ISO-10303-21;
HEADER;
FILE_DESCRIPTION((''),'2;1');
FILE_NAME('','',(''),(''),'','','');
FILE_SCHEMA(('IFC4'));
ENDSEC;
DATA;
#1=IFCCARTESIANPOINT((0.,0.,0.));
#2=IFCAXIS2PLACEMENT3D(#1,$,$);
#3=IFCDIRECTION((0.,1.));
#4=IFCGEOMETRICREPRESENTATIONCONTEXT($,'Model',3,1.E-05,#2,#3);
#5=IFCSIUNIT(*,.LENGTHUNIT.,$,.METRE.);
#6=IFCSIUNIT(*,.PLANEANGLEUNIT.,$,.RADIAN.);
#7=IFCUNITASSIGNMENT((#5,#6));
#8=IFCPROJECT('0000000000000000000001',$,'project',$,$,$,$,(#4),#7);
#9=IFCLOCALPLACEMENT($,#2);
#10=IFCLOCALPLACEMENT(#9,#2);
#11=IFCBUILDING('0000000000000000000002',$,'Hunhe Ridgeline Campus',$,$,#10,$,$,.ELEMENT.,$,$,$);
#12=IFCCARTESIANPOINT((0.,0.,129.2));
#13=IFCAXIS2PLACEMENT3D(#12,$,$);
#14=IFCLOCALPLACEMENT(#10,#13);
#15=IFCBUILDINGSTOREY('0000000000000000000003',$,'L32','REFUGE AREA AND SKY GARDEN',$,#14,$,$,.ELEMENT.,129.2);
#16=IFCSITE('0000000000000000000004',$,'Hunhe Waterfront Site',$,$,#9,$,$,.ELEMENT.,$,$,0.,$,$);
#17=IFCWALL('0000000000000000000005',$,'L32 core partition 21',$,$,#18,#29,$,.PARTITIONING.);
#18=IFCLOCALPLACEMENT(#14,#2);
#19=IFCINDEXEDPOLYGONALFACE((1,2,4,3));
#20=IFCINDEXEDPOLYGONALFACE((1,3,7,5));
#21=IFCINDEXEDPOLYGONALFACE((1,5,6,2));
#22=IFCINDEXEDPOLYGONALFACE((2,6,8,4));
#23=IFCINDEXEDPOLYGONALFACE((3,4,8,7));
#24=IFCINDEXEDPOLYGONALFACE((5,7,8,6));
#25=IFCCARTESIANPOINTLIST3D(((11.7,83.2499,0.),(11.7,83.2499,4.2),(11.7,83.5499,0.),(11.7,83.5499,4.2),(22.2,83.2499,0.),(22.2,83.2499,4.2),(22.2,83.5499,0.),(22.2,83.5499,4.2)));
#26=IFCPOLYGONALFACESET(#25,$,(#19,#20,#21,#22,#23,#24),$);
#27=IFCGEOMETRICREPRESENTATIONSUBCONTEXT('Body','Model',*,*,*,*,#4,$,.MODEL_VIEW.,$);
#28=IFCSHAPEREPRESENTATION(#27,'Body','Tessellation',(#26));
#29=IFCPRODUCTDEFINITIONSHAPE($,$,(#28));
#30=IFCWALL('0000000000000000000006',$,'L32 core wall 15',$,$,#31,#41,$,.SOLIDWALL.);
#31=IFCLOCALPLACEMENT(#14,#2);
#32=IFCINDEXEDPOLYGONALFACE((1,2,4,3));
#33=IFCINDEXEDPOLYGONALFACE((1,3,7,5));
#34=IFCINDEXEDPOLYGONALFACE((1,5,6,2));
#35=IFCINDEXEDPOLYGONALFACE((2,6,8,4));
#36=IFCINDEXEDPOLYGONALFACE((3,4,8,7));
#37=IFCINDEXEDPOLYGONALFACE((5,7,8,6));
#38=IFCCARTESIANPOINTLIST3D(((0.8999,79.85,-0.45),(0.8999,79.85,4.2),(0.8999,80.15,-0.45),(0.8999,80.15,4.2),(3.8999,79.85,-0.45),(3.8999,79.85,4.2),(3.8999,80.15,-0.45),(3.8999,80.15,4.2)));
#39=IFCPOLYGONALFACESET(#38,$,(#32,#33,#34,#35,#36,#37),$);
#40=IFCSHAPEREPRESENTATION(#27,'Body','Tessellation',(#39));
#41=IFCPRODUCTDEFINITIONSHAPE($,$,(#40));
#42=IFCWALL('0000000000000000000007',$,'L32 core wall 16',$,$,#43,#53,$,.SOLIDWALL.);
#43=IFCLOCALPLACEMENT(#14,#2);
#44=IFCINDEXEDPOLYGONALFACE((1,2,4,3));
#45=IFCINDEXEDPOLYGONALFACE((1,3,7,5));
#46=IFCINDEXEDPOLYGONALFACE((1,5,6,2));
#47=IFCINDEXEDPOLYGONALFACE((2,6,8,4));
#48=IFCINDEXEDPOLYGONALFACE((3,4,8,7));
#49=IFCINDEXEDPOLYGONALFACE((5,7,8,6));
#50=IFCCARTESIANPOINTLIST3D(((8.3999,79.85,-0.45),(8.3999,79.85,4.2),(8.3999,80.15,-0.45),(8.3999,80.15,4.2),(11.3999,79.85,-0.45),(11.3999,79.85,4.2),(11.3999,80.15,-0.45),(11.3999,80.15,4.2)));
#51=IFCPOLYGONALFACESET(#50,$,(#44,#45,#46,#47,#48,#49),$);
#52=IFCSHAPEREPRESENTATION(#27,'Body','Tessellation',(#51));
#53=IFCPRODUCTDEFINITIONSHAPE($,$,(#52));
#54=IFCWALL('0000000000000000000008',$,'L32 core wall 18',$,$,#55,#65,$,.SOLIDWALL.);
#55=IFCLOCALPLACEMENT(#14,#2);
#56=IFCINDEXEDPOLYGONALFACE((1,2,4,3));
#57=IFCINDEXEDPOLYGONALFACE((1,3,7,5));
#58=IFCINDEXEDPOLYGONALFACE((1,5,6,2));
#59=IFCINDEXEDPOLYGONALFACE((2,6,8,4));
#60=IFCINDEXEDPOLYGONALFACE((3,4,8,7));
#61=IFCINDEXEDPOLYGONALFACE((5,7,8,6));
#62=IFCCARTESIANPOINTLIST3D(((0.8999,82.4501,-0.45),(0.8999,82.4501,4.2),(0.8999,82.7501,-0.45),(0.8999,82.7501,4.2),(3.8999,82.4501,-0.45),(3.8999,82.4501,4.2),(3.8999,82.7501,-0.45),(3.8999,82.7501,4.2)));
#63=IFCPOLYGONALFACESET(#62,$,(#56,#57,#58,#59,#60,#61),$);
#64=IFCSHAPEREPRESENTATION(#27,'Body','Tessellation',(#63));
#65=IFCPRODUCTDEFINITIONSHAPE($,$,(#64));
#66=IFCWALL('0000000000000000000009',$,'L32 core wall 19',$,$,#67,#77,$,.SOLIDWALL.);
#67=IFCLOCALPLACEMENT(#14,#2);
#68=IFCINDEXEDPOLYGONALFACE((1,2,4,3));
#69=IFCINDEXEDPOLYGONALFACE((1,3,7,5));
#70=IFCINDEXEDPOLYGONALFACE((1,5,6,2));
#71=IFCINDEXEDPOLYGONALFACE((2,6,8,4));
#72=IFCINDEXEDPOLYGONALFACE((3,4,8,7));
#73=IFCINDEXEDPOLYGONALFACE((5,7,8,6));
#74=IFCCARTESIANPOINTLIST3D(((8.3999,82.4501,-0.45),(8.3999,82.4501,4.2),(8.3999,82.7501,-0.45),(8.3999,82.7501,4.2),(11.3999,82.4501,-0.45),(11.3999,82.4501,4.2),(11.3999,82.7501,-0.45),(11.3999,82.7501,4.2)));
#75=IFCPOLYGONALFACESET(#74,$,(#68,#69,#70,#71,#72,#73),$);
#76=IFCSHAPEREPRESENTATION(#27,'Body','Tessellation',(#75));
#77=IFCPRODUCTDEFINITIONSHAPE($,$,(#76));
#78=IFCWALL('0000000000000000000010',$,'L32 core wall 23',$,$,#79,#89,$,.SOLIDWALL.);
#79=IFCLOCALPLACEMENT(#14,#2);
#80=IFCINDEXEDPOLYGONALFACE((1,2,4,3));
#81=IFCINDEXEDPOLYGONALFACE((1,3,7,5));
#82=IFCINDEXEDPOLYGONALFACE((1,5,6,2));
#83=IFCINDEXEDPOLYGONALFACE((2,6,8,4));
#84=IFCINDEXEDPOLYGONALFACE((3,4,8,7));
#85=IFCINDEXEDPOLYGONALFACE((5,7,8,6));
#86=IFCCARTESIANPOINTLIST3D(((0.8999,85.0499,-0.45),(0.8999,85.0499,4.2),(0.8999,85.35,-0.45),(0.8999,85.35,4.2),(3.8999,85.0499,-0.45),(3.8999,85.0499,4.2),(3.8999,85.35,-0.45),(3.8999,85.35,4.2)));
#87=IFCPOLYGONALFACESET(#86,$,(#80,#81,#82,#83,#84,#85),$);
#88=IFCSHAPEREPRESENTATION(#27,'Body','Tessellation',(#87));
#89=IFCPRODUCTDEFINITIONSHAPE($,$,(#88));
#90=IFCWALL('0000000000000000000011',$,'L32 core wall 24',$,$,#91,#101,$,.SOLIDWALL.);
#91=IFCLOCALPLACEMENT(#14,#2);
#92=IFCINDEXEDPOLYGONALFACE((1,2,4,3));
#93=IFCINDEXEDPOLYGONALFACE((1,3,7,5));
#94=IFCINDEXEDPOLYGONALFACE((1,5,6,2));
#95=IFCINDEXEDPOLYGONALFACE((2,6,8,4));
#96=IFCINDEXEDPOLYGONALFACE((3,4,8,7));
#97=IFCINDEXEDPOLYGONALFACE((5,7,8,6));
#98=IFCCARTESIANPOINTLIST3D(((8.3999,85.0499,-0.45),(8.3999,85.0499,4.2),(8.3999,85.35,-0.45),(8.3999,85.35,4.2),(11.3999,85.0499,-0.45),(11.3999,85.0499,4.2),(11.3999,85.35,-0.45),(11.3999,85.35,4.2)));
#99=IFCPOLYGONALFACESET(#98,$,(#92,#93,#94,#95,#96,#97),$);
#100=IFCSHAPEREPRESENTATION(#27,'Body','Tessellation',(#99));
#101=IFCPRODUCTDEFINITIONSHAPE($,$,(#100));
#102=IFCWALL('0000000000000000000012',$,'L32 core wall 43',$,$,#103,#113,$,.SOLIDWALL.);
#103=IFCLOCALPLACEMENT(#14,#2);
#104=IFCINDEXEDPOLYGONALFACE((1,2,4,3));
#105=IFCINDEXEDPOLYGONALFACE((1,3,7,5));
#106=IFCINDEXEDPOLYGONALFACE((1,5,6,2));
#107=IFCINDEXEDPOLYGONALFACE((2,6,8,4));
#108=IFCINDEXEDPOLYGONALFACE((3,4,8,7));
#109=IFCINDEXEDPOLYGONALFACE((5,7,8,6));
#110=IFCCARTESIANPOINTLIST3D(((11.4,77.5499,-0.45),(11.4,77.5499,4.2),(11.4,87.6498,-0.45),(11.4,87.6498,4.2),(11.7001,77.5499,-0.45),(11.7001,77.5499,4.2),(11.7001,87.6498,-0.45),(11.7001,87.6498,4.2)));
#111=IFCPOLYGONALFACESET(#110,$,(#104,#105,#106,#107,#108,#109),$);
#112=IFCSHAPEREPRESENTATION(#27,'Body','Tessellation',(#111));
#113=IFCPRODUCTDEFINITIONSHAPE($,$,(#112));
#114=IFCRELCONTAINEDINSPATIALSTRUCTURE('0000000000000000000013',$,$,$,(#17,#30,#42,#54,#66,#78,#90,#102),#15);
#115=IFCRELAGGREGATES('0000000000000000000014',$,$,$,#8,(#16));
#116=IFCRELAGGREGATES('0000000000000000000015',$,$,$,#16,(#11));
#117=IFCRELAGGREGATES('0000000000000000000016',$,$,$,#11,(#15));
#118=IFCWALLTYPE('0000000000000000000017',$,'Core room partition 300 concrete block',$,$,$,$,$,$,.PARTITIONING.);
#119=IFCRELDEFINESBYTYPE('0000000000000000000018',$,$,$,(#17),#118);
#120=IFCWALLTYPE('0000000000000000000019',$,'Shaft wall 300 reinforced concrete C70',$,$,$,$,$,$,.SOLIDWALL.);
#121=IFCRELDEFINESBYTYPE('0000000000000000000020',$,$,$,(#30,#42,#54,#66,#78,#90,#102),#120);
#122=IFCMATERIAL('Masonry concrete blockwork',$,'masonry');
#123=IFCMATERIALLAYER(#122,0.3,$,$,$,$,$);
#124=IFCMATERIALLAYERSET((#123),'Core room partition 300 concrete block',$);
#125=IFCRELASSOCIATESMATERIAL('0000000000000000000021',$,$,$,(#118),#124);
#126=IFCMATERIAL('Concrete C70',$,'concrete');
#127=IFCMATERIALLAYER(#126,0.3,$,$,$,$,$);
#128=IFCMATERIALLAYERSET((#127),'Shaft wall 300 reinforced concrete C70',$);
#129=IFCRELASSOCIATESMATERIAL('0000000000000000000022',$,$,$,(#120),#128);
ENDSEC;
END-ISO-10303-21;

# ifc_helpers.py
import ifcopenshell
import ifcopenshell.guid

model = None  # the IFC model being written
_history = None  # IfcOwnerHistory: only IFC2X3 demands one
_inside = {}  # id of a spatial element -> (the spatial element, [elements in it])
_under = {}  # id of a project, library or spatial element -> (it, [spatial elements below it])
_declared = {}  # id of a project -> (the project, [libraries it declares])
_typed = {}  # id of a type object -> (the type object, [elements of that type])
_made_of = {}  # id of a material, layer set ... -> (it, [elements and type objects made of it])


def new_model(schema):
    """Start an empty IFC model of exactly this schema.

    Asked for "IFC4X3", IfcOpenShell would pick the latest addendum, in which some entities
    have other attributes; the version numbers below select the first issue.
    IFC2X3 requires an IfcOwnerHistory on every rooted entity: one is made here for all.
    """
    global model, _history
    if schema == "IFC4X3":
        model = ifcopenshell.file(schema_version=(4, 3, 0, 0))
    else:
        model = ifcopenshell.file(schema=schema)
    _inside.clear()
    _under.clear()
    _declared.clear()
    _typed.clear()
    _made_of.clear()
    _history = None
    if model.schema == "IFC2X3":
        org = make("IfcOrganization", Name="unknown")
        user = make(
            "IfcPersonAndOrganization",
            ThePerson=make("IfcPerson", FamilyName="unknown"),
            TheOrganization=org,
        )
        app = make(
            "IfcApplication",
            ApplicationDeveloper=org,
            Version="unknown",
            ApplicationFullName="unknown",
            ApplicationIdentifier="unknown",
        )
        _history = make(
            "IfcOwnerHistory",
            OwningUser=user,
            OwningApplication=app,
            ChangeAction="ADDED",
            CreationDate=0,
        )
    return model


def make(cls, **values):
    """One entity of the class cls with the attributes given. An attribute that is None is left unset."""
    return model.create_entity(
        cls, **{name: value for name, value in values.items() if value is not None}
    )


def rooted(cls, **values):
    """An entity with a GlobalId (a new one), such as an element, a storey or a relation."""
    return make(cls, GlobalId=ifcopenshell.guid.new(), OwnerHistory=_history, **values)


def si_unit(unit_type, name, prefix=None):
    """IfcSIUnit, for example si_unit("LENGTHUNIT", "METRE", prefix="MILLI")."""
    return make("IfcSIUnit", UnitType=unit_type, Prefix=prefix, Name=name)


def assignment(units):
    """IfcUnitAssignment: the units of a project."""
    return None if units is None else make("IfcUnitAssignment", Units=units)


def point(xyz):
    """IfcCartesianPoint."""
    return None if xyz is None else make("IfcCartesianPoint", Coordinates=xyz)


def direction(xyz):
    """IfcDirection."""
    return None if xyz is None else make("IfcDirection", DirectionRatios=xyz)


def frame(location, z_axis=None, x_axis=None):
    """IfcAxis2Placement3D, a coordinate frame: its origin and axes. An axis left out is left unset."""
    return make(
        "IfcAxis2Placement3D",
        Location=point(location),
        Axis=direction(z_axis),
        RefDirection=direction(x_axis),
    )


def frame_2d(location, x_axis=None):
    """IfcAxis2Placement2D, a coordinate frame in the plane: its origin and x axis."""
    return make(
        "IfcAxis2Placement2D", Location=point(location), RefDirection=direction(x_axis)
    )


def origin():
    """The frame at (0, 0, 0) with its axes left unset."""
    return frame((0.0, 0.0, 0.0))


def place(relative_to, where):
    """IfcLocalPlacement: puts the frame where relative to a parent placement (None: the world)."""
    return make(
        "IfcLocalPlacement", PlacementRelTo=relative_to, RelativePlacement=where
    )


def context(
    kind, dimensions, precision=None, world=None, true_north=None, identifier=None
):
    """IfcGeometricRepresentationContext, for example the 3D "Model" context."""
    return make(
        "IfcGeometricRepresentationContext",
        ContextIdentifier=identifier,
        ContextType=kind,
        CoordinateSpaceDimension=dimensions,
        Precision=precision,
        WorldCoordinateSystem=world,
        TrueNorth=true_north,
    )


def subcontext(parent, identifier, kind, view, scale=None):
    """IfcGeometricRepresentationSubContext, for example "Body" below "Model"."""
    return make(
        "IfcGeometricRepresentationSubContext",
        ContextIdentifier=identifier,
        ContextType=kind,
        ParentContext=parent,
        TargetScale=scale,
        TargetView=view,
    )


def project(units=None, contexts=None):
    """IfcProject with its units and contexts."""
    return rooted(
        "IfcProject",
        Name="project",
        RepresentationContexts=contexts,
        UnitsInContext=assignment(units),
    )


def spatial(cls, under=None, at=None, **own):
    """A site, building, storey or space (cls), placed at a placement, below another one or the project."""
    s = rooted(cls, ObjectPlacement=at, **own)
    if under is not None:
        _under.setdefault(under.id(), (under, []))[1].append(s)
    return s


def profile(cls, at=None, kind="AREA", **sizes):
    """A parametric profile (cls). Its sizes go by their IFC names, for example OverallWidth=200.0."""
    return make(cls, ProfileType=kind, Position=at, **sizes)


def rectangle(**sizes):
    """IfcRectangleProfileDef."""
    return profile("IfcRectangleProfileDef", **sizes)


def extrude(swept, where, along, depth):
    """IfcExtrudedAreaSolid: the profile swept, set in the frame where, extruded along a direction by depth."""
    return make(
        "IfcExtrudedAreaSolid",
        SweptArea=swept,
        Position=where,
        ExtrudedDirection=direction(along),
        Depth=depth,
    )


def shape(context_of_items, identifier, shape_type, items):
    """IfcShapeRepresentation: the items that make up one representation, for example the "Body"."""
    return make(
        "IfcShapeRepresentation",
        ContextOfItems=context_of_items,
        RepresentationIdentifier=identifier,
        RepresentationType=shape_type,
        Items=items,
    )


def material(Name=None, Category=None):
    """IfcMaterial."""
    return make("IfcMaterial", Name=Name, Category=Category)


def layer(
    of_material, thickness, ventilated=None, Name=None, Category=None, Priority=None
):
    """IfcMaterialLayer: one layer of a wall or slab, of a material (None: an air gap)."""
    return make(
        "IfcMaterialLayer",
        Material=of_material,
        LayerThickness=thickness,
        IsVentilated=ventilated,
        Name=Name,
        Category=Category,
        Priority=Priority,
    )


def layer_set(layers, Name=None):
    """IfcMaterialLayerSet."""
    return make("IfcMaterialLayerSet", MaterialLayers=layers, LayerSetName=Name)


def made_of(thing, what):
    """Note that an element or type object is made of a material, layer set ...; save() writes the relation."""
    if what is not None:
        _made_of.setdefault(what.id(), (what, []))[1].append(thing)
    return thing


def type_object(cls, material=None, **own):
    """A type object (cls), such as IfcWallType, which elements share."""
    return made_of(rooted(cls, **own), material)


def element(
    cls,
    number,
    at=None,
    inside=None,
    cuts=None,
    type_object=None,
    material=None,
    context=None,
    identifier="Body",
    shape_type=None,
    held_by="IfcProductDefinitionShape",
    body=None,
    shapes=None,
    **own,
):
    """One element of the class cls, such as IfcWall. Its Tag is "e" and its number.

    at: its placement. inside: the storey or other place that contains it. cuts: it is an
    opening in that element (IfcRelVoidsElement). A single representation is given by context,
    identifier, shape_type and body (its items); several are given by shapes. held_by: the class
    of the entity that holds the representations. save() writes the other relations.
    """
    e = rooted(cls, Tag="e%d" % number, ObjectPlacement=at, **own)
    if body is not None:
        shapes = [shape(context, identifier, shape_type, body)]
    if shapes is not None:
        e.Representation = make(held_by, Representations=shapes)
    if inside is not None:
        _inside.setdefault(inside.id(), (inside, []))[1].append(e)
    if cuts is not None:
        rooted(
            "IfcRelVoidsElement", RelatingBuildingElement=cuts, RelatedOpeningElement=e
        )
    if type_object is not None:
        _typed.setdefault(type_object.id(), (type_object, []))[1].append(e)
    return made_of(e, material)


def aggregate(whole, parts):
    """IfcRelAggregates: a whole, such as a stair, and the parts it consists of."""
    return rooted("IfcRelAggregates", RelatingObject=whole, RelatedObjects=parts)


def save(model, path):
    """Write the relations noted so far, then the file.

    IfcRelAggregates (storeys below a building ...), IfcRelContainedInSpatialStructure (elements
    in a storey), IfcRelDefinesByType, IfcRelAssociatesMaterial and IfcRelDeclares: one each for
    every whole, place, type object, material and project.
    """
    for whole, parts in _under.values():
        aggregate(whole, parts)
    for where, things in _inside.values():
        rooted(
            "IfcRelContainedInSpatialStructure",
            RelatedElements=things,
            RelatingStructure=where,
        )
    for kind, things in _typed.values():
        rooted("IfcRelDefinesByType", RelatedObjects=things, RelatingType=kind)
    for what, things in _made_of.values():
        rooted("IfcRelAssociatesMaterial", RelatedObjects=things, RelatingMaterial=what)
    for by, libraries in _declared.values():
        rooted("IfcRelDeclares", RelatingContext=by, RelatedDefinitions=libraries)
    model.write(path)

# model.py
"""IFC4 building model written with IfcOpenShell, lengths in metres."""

from ifc_helpers import new_model, si_unit, direction, frame, frame_2d, origin, place, context, subcontext, project, spatial, rectangle, extrude, material, layer, layer_set, type_object, element, save


model = new_model("IFC4")

# Units and contexts
model_context = context("Model", 3, precision=1e-05, world=origin(), true_north=direction((0.0, 1.0)))
body_context = subcontext(model_context, "Body", "Model", "MODEL_VIEW")
ifc_project = project(units=[si_unit("LENGTHUNIT", "METRE"), si_unit("PLANEANGLEUNIT", "RADIAN")], contexts=[model_context])

# Site, building, storey
site_placement = place(None, origin())
site = spatial("IfcSite", under=ifc_project, at=site_placement, Name="Hunhe Waterfront Site", CompositionType="ELEMENT", RefElevation=0.0)
building_placement = place(site_placement, origin())
building = spatial("IfcBuilding", under=site, at=building_placement, Name="Hunhe Ridgeline Campus", CompositionType="ELEMENT")
storey_placement = place(building_placement, frame((0.0, 0.0, 129.2)))
storey = spatial("IfcBuildingStorey", under=building, at=storey_placement, Name="L32", Description="REFUGE AREA AND SKY GARDEN", CompositionType="ELEMENT", Elevation=129.2)

# Walls
ifc_material_1 = material(Name="Masonry concrete blockwork", Category="masonry")
ifc_layer_1 = layer(ifc_material_1, 0.3)
ifc_layer_set_1 = layer_set([ifc_layer_1], Name="Core room partition 300 concrete block")
wall_type_1 = type_object("IfcWallType", Name="Core room partition 300 concrete block", PredefinedType="PARTITIONING", material=ifc_layer_set_1)
wall_1_placement = place(storey_placement, frame((11.7, 83.3999, 0.0), z_axis=(0.0, 0.0, 1.0), x_axis=(1.0, 0.0, 0.0)))
element("IfcWall", 1, at=wall_1_placement, inside=storey, type_object=wall_type_1, Name="L32 core partition 21", PredefinedType="PARTITIONING", context=body_context, shape_type="SweptSolid", body=[
    extrude(rectangle(XDim=10.5, YDim=0.3, at=frame_2d((5.25, 0.0))), origin(), (0.0, 0.0, 1.0), 4.2),
])
ifc_material_2 = material(Name="Concrete C70", Category="concrete")
ifc_layer_2 = layer(ifc_material_2, 0.3)
ifc_layer_set_2 = layer_set([ifc_layer_2], Name="Shaft wall 300 reinforced concrete C70")
wall_type_2 = type_object("IfcWallType", Name="Shaft wall 300 reinforced concrete C70", PredefinedType="SOLIDWALL", material=ifc_layer_set_2)
for number, where, z_axis, x_axis, name in (
    (2, (0.8999, 80.0, -0.45), (0.0, 0.0, 1.0), (1.0, 0.0, 0.0), "L32 core wall 15"),
    (3, (8.3999, 80.0, -0.45), (0.0, 0.0, 1.0), (1.0, 0.0, 0.0), "L32 core wall 16"),
    (4, (0.8999, 82.6001, -0.45), (0.0, 0.0, 1.0), (1.0, 0.0, 0.0), "L32 core wall 18"),
    (5, (8.3999, 82.6001, -0.45), (0.0, 0.0, 1.0), (1.0, 0.0, 0.0), "L32 core wall 19"),
    (6, (0.8999, 85.2, -0.45), (0.0, 0.0, 1.0), (1.0, 0.0, 0.0), "L32 core wall 23"),
    (7, (8.3999, 85.2, -0.45), (0.0, 0.0, 1.0), (1.0, 0.0, 0.0), "L32 core wall 24"),
):
    element("IfcWall", number, at=place(storey_placement, frame(where, z_axis=z_axis, x_axis=x_axis)), inside=storey, type_object=wall_type_2, Name=name, PredefinedType="SOLIDWALL", context=body_context, shape_type="SweptSolid", body=[
        extrude(rectangle(XDim=3.0, YDim=0.3, at=frame_2d((1.5, 0.0))), origin(), (0.0, 0.0, 1.0), 4.6499),
    ])
wall_2_placement = place(storey_placement, frame((11.55, 77.55, -0.45), z_axis=(0.0, 0.0, 1.0), x_axis=(0.0, 1.0, 0.0)))
element("IfcWall", 8, at=wall_2_placement, inside=storey, type_object=wall_type_2, Name="L32 core wall 43", PredefinedType="SOLIDWALL", context=body_context, shape_type="SweptSolid", body=[
    extrude(rectangle(XDim=10.0999, YDim=0.3, at=frame_2d((5.0498, 0.0))), origin(), (0.0, 0.0, 1.0), 4.6499),
])

save(model, "model.ifc")
